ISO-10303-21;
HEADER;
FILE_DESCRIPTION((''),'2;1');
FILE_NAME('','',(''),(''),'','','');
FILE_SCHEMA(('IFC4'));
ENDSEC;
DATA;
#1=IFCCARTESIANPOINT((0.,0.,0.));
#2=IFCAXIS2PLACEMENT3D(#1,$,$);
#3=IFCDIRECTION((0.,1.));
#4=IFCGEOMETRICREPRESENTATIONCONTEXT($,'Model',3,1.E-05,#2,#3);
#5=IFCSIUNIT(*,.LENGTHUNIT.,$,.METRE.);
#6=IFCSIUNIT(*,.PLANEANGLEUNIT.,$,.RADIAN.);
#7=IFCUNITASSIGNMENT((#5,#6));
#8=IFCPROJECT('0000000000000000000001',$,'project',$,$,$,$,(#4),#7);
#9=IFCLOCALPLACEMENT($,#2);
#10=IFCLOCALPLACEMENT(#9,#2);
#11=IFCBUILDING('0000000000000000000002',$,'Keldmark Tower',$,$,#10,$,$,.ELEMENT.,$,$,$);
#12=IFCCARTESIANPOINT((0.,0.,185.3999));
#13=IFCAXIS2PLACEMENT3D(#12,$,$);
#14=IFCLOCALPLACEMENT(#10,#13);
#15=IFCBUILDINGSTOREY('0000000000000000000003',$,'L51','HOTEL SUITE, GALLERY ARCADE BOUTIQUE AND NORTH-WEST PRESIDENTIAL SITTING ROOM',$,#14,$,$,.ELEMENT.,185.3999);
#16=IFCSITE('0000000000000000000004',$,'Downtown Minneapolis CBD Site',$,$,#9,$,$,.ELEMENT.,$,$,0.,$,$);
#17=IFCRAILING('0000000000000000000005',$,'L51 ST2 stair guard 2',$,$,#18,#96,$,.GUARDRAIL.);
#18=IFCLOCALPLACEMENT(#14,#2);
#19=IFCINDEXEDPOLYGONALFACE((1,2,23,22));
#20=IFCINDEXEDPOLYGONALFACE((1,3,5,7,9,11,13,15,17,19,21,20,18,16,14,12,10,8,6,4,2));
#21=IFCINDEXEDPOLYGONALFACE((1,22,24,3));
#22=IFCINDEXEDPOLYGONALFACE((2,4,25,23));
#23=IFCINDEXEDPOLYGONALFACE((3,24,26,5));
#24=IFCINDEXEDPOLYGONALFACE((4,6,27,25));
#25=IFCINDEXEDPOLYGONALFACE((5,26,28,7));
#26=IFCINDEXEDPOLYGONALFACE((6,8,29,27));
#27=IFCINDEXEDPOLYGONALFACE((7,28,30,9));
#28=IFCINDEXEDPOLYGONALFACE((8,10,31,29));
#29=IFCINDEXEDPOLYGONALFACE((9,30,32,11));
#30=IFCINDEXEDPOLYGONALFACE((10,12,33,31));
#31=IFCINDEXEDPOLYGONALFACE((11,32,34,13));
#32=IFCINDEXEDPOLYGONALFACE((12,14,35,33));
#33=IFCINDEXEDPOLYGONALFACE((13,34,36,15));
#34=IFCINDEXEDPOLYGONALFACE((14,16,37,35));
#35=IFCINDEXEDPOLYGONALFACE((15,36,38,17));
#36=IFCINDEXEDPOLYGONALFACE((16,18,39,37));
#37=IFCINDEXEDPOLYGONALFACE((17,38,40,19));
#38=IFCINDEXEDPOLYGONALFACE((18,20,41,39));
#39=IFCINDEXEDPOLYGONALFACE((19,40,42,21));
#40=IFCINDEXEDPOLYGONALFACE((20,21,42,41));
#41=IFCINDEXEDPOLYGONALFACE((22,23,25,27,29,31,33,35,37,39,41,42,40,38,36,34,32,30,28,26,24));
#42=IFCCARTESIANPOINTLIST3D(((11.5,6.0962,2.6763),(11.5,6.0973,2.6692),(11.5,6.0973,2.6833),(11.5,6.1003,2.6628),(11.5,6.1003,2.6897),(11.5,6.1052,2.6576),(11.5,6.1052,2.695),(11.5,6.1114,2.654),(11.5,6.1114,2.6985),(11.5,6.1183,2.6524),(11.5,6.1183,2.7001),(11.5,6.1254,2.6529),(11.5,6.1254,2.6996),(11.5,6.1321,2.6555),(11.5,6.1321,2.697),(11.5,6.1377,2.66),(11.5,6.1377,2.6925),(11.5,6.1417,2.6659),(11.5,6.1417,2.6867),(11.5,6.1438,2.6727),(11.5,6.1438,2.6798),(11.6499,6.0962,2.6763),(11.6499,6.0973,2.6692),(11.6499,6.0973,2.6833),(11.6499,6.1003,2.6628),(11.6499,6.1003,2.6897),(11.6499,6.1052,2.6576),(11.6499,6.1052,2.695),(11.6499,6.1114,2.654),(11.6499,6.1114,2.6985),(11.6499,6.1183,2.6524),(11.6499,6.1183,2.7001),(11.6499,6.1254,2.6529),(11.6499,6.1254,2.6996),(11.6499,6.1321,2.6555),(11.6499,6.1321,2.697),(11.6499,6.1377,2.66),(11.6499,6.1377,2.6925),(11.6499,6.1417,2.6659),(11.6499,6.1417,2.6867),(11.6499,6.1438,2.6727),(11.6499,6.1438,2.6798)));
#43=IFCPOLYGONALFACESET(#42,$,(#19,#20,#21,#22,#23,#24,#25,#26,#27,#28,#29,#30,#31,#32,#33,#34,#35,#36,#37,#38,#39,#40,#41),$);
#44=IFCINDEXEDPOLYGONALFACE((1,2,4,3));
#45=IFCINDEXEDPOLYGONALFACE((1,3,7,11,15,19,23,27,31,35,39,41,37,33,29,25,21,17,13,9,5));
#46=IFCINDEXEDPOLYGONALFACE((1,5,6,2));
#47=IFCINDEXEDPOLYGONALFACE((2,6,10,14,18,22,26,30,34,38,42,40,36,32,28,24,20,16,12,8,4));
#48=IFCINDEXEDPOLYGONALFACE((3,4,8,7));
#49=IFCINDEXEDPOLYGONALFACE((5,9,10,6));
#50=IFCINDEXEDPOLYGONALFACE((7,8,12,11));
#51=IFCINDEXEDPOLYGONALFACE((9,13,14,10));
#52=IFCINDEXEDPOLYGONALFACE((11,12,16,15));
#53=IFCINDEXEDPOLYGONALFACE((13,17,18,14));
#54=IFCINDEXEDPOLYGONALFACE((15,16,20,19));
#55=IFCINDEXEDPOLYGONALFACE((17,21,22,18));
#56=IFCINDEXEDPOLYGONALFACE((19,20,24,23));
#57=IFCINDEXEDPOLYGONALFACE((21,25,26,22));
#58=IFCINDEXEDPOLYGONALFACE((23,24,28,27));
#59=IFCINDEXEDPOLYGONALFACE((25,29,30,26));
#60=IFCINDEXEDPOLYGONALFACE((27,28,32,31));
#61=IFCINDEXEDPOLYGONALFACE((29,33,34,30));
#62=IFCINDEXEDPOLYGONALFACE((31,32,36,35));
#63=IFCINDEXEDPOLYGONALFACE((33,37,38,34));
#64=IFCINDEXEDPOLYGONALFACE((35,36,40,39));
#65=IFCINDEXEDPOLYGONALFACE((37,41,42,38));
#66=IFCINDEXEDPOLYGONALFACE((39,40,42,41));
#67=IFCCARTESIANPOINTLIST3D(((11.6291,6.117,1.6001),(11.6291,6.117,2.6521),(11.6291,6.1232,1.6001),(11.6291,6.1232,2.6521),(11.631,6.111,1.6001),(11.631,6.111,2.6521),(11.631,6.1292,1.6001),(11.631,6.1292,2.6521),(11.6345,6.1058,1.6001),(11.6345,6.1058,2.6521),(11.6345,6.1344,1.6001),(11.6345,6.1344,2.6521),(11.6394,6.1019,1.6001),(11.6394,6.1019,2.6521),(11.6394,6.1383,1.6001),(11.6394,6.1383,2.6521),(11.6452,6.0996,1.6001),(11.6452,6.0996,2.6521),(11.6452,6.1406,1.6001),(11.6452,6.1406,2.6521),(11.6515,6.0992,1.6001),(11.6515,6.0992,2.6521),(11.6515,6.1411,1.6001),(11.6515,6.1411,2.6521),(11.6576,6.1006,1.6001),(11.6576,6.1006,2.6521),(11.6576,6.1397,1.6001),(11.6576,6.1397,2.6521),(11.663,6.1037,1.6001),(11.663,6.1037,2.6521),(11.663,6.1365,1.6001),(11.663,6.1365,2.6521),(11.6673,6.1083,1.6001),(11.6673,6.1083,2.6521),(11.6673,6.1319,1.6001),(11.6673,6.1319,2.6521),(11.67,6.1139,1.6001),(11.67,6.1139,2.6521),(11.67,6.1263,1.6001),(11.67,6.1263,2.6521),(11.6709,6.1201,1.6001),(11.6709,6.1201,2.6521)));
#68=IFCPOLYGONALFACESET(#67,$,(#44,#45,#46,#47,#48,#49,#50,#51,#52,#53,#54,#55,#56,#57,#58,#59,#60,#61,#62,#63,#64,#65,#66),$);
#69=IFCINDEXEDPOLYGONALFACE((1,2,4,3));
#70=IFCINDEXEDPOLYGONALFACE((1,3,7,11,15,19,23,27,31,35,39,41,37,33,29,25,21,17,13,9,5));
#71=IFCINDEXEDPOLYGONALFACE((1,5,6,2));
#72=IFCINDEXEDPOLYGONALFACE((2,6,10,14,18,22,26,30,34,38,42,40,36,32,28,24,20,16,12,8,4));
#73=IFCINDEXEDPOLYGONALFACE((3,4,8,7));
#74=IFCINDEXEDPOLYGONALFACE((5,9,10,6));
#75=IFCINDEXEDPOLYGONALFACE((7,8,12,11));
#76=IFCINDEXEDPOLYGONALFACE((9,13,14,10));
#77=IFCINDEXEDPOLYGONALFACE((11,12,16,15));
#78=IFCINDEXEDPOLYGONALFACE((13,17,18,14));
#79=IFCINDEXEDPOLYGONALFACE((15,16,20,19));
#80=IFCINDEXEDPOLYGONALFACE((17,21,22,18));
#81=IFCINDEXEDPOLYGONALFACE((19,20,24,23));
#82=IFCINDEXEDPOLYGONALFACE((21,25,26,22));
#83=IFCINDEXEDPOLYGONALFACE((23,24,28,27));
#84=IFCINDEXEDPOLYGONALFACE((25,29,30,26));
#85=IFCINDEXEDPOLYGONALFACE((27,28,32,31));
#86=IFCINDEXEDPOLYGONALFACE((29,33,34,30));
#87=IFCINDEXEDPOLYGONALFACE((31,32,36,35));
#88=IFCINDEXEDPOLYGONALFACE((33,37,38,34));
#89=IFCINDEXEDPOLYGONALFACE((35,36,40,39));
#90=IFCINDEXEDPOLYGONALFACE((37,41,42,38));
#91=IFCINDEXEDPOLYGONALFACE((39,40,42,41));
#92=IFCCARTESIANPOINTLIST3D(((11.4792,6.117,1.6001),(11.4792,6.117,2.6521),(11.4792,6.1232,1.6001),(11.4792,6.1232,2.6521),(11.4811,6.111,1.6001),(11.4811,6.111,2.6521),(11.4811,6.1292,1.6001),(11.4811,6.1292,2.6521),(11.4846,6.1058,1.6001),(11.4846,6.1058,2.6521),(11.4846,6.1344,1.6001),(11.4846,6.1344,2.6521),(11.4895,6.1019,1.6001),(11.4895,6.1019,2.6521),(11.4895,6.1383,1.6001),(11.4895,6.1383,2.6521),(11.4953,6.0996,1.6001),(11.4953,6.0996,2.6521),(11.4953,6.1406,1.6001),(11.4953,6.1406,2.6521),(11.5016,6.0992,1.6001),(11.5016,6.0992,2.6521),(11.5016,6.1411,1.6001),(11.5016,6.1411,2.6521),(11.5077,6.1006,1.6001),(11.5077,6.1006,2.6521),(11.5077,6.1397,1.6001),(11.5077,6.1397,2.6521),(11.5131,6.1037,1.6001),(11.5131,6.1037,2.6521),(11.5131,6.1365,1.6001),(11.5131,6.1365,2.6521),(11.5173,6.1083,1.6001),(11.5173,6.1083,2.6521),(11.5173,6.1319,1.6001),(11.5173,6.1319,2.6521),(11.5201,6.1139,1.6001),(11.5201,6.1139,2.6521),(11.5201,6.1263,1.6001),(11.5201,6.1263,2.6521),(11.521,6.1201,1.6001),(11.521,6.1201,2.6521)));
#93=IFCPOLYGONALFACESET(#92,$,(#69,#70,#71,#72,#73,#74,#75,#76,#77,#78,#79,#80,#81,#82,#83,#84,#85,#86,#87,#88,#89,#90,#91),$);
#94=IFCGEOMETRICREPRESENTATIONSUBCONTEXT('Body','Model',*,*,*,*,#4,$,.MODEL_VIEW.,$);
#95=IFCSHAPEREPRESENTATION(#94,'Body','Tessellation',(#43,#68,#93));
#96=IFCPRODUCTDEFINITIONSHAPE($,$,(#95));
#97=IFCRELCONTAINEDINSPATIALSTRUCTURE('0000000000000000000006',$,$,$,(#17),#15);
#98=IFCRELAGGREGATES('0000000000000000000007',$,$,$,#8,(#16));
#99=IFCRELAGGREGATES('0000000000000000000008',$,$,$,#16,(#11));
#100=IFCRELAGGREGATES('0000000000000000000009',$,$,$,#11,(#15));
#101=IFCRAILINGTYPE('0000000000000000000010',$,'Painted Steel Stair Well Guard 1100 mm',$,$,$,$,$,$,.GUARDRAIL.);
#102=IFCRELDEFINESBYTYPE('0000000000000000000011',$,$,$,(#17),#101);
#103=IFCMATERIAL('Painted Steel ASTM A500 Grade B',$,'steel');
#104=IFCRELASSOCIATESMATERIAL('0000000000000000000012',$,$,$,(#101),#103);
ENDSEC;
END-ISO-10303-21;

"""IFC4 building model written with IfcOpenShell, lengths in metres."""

from ifc_helpers import new_model, si_unit, direction, frame, origin, origin_2d, place, context, subcontext, project, spatial, circle, extrude, material, type_object, element, save


model = new_model("IFC4")

# Units and contexts
model_context = context("Model", 3, precision=1e-05, world=origin(), true_north=direction((0.0, 1.0)))
body_context = subcontext(model_context, "Body", "Model", "MODEL_VIEW")
ifc_project = project(units=[si_unit("LENGTHUNIT", "METRE"), si_unit("PLANEANGLEUNIT", "RADIAN")], contexts=[model_context])

# Site, building, storey
site_placement = place(None, origin())
site = spatial("IfcSite", under=ifc_project, at=site_placement, Name="Downtown Minneapolis CBD Site", CompositionType="ELEMENT", RefElevation=0.0)
building_placement = place(site_placement, origin())
building = spatial("IfcBuilding", under=site, at=building_placement, Name="Keldmark Tower", CompositionType="ELEMENT")
storey_placement = place(building_placement, frame((0.0, 0.0, 185.3999)))
storey = spatial("IfcBuildingStorey", under=building, at=storey_placement, Name="L51", Description="HOTEL SUITE, GALLERY ARCADE BOUTIQUE AND NORTH-WEST PRESIDENTIAL SITTING ROOM", CompositionType="ELEMENT", Elevation=185.3999)

# Railing
ifc_material_1 = material(Name="Painted Steel ASTM A500 Grade B", Category="steel")
railing_type_1 = type_object("IfcRailingType", Name="Painted Steel Stair Well Guard 1100 mm", PredefinedType="GUARDRAIL", material=ifc_material_1)
railing_1_placement = place(storey_placement, frame((11.6499, 6.1201, 1.6001)))
element("IfcRailing", 1, at=railing_1_placement, inside=storey, type_object=railing_type_1, Name="L51 ST2 stair guard 2", PredefinedType="GUARDRAIL", context=body_context, shape_type="SweptSolid", body=[
    extrude(circle(Radius=0.0239, at=origin_2d()), frame((0.0, 0.0, 1.0762), z_axis=(-1.0, 0.0, 0.0), x_axis=(0.0, -1.0, 0.0)), (0.0, 0.0, 1.0), 0.1499),
    extrude(circle(Radius=0.021, at=origin_2d()), origin(), (0.0, 0.0, 1.0), 1.052),
    extrude(circle(Radius=0.021, at=origin_2d()), frame((-0.1499, 0.0, 0.0)), (0.0, 0.0, 1.0), 1.052),
])

save(model, "model.ifc")
